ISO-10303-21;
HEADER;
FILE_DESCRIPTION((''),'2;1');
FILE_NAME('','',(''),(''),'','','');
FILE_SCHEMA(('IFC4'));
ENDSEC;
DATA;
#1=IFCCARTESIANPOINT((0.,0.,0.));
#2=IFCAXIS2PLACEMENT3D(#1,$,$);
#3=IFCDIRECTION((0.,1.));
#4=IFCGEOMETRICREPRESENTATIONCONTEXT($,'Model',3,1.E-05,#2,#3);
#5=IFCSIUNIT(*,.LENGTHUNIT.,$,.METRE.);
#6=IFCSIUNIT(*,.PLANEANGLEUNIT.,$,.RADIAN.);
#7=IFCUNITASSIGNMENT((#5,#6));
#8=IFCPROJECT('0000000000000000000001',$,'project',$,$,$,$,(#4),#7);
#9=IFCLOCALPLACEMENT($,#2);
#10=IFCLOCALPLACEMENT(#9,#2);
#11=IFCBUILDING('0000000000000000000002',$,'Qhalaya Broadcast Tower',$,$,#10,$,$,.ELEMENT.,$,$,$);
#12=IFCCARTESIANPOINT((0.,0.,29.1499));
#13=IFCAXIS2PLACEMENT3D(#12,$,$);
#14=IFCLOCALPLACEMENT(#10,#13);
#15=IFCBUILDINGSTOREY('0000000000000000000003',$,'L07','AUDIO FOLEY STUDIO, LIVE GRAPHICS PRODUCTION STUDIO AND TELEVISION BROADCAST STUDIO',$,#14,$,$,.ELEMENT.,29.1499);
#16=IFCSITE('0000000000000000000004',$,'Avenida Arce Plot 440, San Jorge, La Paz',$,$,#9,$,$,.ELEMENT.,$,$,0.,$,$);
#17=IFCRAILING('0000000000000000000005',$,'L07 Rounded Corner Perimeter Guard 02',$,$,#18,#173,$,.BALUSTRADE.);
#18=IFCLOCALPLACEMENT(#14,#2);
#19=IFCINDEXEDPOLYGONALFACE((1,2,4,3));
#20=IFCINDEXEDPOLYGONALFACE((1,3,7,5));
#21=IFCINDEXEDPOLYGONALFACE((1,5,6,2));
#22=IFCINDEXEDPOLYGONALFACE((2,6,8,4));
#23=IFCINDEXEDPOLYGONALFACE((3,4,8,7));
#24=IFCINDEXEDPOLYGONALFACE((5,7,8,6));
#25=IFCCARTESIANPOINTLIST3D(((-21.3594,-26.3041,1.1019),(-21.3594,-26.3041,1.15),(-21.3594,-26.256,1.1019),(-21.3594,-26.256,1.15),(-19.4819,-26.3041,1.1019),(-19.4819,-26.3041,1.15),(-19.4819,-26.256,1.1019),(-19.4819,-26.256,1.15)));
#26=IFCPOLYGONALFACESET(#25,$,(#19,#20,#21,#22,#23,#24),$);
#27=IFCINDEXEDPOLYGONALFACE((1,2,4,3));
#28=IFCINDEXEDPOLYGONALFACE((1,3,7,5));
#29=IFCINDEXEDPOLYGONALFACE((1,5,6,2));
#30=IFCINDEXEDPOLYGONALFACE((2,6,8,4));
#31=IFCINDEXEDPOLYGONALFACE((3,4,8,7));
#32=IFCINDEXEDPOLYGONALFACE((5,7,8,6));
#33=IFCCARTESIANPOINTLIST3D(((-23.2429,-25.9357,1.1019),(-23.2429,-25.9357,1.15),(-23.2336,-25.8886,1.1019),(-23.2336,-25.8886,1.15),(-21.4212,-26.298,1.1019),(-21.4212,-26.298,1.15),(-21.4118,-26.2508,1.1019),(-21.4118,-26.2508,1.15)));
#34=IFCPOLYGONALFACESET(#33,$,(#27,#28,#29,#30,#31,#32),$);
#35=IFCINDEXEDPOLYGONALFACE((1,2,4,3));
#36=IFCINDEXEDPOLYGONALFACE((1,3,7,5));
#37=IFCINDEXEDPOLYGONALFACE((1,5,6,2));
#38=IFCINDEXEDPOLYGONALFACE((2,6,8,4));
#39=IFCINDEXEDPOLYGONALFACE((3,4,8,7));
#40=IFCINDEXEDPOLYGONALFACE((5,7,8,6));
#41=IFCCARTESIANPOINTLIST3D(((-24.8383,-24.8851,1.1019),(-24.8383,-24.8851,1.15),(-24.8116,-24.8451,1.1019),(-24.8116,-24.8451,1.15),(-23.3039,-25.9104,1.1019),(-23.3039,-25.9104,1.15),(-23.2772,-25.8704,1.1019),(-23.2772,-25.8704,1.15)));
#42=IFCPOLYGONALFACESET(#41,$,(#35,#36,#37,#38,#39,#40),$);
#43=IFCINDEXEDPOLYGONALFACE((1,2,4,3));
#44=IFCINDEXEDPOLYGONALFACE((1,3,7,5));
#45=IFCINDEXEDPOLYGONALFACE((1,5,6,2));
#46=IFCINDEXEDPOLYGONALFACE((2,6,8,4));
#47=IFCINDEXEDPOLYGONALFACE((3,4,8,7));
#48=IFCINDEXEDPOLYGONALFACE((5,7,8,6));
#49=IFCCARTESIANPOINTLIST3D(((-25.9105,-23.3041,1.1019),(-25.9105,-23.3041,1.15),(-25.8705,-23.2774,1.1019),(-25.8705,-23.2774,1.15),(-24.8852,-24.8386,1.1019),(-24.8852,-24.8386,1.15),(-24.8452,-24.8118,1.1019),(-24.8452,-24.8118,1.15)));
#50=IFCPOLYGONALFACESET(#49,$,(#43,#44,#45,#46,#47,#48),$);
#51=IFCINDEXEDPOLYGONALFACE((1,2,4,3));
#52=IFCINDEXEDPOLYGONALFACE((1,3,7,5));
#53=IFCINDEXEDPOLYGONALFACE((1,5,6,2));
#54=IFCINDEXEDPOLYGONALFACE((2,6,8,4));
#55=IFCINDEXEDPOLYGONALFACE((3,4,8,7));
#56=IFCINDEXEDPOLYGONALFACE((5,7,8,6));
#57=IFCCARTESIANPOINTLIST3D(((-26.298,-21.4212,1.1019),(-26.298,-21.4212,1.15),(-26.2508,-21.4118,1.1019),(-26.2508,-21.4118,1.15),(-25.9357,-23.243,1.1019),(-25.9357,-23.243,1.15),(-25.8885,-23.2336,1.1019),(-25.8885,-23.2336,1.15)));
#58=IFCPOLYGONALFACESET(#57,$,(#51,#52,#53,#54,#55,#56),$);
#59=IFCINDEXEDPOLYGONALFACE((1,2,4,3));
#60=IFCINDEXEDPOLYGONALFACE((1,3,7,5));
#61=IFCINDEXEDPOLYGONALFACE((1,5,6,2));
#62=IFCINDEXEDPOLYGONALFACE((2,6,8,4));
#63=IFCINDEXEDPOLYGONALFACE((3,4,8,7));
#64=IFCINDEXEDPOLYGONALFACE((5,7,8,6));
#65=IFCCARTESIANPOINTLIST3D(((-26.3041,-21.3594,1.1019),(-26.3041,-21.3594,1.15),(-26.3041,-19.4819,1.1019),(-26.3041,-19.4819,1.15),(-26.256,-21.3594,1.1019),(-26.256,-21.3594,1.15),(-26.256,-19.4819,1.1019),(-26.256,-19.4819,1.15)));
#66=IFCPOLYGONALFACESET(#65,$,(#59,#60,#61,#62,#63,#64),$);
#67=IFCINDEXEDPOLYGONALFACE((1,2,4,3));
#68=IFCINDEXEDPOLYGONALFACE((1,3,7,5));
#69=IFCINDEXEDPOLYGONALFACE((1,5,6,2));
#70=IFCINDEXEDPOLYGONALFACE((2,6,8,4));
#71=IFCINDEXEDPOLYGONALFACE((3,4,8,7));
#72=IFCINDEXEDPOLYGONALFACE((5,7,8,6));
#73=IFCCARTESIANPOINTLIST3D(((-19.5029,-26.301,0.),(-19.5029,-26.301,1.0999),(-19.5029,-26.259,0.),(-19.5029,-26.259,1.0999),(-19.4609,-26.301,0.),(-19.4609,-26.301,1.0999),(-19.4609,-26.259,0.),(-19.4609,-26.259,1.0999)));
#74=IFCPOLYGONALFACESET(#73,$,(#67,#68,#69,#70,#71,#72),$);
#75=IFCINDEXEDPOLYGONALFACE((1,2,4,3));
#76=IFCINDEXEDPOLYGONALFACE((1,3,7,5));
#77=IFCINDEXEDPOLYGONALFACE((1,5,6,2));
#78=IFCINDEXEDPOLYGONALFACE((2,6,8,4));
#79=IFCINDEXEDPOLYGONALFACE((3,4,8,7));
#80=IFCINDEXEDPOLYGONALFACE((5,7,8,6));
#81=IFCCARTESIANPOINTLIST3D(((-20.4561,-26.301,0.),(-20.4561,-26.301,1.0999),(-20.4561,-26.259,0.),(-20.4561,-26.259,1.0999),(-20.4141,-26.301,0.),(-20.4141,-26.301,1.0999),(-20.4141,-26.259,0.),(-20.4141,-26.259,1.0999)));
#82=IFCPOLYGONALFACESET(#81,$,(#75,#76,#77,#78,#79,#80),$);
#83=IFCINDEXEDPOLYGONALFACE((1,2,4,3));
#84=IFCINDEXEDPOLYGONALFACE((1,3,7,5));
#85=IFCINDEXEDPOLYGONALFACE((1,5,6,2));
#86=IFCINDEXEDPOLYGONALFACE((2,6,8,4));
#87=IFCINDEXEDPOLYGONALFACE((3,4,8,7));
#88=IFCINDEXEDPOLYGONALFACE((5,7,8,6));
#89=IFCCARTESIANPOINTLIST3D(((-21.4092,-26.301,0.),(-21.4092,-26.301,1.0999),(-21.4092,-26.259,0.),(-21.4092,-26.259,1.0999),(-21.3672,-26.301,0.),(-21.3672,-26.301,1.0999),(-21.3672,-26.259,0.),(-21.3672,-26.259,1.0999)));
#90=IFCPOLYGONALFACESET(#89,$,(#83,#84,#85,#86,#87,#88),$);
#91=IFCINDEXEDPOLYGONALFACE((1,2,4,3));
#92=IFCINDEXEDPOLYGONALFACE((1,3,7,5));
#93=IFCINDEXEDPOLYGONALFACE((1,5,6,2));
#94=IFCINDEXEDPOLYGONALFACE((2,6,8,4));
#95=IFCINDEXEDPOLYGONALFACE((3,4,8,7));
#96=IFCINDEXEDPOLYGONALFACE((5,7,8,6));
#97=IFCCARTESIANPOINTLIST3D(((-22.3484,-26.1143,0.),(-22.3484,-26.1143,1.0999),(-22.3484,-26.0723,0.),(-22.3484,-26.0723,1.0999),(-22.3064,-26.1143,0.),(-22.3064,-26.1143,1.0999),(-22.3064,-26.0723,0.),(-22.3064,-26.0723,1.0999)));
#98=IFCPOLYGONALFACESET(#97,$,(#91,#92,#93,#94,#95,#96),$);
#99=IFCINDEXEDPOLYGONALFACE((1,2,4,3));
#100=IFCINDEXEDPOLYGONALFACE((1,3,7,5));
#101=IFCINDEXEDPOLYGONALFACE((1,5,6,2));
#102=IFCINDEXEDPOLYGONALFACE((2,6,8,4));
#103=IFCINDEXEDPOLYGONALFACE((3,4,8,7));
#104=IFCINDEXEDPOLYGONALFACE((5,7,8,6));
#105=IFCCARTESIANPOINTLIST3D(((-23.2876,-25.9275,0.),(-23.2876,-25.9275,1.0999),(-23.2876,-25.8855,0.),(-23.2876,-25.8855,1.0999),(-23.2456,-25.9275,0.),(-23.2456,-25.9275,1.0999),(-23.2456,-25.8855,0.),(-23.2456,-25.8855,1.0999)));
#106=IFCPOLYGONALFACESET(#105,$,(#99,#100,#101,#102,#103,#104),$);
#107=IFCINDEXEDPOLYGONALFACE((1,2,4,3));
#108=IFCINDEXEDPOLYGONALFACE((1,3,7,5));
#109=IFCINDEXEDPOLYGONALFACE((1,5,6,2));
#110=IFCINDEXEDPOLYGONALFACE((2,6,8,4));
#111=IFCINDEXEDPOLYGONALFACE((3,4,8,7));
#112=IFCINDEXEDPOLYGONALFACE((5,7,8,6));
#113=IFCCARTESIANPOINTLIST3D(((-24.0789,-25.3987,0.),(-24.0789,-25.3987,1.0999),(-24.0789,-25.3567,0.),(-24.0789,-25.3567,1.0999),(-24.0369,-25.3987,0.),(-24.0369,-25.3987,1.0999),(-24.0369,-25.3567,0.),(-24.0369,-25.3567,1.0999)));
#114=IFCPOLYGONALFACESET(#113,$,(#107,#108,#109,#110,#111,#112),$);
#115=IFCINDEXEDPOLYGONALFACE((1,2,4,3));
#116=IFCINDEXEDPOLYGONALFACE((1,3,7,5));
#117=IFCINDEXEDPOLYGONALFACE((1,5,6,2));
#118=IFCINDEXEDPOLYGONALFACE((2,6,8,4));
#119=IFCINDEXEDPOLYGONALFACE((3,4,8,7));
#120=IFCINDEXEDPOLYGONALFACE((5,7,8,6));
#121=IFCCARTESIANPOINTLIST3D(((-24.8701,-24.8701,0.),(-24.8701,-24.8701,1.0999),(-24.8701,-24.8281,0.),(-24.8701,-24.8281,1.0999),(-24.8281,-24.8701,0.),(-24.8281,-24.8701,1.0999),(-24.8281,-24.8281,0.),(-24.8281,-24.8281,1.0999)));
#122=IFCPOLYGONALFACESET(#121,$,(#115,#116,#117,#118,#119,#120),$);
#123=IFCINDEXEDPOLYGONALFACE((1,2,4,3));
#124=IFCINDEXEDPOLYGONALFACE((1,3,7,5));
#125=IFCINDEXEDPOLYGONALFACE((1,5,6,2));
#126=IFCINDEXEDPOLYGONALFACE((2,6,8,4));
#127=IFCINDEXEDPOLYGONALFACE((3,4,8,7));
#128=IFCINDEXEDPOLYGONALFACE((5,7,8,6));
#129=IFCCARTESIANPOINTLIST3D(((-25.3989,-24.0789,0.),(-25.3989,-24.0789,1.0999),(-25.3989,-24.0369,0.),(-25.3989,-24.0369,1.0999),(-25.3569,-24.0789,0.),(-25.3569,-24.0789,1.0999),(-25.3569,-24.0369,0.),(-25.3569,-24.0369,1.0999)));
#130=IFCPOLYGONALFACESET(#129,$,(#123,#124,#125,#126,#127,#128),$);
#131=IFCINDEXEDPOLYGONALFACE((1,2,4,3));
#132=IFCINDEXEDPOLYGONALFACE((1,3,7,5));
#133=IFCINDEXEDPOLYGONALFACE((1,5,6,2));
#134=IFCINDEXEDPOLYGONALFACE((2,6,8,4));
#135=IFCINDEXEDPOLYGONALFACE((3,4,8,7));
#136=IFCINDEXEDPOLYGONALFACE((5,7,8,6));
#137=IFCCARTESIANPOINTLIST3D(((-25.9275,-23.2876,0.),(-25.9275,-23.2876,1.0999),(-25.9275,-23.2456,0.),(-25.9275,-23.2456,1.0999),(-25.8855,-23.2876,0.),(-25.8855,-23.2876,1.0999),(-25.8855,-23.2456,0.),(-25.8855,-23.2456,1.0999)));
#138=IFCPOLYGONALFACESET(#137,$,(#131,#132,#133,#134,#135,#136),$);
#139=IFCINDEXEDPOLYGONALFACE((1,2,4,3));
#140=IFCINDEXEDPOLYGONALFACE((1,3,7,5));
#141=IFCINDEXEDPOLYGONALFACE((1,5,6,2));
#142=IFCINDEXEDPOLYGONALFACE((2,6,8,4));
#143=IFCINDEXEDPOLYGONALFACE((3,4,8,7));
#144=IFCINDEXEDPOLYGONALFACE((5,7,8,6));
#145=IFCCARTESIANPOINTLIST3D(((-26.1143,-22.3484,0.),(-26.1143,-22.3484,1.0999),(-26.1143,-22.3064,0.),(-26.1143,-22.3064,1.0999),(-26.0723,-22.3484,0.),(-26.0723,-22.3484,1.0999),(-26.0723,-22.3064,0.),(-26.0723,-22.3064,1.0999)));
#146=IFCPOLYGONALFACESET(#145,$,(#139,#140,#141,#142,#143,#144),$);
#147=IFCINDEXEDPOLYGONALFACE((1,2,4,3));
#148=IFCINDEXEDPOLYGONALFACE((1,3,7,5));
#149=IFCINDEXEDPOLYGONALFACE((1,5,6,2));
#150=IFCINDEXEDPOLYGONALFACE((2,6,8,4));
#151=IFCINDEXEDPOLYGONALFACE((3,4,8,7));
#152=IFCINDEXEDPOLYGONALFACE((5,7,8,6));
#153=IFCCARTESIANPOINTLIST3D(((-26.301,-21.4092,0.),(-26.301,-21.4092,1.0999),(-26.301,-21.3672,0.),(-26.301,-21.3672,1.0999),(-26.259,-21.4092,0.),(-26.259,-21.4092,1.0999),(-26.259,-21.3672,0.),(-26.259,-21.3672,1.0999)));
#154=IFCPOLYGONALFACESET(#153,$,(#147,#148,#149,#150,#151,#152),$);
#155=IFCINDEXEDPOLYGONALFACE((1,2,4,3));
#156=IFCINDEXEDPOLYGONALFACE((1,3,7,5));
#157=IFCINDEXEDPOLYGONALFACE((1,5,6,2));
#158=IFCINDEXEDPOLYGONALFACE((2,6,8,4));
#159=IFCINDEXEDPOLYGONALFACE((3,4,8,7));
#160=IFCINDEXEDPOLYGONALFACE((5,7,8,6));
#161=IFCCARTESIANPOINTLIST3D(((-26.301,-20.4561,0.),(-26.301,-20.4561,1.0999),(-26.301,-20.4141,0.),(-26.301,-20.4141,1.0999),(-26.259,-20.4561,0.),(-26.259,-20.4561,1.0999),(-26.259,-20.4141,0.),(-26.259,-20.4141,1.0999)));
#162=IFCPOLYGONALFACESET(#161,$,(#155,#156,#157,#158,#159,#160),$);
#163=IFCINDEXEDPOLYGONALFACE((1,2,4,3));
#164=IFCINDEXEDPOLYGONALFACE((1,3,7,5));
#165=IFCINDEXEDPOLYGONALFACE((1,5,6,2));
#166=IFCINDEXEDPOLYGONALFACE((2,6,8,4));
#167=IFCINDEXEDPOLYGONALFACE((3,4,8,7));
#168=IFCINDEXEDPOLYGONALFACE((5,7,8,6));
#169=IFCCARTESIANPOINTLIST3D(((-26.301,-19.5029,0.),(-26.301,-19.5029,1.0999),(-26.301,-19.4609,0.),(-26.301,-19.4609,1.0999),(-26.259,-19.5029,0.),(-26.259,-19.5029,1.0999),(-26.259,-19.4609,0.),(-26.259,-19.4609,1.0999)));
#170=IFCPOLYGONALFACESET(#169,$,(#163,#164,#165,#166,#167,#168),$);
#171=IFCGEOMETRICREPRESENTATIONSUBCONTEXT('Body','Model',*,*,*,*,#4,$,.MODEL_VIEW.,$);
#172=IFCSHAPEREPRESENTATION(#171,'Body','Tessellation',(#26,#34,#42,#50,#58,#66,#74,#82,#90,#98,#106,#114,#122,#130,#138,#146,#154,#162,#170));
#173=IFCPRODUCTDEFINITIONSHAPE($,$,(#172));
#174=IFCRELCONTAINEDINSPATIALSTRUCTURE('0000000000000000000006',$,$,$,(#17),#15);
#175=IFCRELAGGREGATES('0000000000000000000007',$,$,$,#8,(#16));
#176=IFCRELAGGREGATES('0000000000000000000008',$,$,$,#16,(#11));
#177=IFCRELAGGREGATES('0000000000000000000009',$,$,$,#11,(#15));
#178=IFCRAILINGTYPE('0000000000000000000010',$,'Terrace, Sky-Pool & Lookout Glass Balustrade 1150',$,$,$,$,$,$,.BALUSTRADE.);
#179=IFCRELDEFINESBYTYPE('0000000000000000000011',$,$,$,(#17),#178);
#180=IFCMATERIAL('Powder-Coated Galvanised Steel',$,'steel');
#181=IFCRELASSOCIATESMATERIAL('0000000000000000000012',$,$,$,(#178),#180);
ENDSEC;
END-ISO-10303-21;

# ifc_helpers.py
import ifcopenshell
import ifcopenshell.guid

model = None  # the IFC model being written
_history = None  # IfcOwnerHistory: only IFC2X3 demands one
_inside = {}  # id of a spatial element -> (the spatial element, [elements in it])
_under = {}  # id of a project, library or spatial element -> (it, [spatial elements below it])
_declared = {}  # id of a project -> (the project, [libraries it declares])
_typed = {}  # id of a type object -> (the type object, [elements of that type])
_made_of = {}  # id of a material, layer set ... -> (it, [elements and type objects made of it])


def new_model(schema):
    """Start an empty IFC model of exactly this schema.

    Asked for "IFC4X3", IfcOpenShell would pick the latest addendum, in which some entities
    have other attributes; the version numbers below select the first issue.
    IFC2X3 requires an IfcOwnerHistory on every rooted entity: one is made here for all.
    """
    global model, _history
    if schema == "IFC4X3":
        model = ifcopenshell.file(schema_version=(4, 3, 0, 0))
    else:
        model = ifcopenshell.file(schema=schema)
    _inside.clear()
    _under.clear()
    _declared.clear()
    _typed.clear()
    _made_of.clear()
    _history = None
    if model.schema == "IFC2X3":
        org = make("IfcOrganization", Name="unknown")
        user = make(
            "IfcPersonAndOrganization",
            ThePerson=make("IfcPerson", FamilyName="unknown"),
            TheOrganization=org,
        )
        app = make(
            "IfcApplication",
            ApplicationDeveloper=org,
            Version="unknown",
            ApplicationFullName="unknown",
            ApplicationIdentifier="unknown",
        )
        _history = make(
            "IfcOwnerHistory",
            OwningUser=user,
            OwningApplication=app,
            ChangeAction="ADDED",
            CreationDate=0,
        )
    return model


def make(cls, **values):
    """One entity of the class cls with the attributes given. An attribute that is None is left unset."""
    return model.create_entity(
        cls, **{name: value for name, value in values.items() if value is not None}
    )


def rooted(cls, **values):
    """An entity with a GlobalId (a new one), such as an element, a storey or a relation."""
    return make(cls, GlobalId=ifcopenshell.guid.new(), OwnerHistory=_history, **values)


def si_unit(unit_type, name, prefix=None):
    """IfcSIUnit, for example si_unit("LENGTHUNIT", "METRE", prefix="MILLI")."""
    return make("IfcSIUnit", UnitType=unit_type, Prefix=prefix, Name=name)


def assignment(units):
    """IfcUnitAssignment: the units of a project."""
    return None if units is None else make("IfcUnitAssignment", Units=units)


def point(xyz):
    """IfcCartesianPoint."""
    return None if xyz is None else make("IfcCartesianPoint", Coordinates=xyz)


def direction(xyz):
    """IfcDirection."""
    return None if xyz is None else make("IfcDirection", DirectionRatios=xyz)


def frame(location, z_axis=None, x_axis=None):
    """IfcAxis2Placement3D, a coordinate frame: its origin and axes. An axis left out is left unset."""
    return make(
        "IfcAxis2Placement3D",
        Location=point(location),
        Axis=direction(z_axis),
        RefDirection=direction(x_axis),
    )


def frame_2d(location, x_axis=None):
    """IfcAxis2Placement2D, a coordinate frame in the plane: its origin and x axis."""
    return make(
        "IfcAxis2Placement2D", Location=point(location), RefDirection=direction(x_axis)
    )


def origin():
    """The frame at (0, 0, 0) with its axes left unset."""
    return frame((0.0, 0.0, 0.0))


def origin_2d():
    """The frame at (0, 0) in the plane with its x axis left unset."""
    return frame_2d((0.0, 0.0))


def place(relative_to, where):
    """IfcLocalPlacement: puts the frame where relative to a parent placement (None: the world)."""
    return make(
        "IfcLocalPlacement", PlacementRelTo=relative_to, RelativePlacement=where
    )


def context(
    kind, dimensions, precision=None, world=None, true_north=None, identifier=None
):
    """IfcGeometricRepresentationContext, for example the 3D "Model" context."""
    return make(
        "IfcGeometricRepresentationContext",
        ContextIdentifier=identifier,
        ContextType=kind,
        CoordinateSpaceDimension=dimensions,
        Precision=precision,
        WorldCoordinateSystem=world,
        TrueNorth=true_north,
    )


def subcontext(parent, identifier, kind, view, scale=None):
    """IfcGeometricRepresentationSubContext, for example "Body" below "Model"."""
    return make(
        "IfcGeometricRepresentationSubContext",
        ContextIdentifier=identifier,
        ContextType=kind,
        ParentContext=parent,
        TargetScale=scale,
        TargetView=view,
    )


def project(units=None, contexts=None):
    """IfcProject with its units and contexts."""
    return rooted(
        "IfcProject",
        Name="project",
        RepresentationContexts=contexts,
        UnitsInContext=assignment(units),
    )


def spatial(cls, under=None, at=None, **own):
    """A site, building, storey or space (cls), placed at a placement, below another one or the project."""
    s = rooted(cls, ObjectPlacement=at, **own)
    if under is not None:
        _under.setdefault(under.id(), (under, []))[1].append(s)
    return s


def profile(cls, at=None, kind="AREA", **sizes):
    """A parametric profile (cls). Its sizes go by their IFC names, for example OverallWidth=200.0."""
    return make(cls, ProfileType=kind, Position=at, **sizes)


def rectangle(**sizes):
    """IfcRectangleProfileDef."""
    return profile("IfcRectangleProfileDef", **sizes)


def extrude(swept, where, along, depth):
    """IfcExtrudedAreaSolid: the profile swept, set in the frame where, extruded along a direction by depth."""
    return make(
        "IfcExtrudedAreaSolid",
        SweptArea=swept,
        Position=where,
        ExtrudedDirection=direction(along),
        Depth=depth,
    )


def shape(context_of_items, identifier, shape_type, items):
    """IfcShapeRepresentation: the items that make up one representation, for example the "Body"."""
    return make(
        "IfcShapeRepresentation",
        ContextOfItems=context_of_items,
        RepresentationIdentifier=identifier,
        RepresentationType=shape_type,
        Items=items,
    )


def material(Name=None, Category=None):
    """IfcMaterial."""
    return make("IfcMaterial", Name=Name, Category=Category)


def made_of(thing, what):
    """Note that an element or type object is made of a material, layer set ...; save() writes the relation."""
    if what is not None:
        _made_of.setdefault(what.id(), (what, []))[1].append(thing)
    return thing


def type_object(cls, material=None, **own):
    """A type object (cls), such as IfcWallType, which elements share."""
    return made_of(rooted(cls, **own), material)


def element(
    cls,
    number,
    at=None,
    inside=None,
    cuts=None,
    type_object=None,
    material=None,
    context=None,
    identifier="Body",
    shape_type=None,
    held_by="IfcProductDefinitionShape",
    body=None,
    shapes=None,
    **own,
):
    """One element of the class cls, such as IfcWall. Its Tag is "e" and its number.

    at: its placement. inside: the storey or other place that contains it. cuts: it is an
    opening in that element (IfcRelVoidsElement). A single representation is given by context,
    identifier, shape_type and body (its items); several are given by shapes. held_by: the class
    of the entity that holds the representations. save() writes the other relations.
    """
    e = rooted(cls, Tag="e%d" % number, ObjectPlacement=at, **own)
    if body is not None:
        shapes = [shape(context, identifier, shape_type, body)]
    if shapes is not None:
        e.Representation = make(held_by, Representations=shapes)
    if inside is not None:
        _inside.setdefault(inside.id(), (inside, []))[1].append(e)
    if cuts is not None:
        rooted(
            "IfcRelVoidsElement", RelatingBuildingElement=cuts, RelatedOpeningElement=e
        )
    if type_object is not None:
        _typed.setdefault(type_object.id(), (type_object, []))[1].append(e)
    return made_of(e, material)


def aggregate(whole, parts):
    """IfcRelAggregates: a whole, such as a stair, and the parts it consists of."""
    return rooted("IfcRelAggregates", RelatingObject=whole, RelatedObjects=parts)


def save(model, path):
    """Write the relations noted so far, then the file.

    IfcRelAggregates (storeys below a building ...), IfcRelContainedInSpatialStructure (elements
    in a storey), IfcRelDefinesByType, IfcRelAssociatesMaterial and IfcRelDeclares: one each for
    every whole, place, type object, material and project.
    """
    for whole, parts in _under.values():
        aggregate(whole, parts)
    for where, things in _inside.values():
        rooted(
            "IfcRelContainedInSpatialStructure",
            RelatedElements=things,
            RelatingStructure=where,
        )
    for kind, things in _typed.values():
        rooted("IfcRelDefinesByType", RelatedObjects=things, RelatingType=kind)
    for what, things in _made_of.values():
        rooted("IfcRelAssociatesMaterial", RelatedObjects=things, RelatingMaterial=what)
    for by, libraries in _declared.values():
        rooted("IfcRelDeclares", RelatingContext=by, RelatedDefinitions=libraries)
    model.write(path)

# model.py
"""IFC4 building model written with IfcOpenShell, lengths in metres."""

from ifc_helpers import new_model, si_unit, direction, frame, origin, origin_2d, place, context, subcontext, project, spatial, rectangle, extrude, material, type_object, element, save


model = new_model("IFC4")

# Units and contexts
model_context = context("Model", 3, precision=1e-05, world=origin(), true_north=direction((0.0, 1.0)))
body_context = subcontext(model_context, "Body", "Model", "MODEL_VIEW")
ifc_project = project(units=[si_unit("LENGTHUNIT", "METRE"), si_unit("PLANEANGLEUNIT", "RADIAN")], contexts=[model_context])

# Site, building, storey
site_placement = place(None, origin())
site = spatial("IfcSite", under=ifc_project, at=site_placement, Name="Avenida Arce Plot 440, San Jorge, La Paz", CompositionType="ELEMENT", RefElevation=0.0)
building_placement = place(site_placement, origin())
building = spatial("IfcBuilding", under=site, at=building_placement, Name="Qhalaya Broadcast Tower", CompositionType="ELEMENT")
storey_placement = place(building_placement, frame((0.0, 0.0, 29.1499)))
storey = spatial("IfcBuildingStorey", under=building, at=storey_placement, Name="L07", Description="AUDIO FOLEY STUDIO, LIVE GRAPHICS PRODUCTION STUDIO AND TELEVISION BROADCAST STUDIO", CompositionType="ELEMENT", Elevation=29.1499)

# Railing
ifc_material_1 = material(Name="Powder-Coated Galvanised Steel", Category="steel")
railing_type = type_object("IfcRailingType", Name="Terrace, Sky-Pool & Lookout Glass Balustrade 1150", PredefinedType="BALUSTRADE", material=ifc_material_1)
railing_placement = place(storey_placement, frame((-19.4819, -26.28, 0.0)))
element("IfcRailing", 1, at=railing_placement, inside=storey, type_object=railing_type, Name="L07 Rounded Corner Perimeter Guard 02", PredefinedType="BALUSTRADE", context=body_context, shape_type="SweptSolid", body=[
    extrude(rectangle(XDim=0.0481, YDim=0.0481, at=origin_2d()), frame((0.0, 0.0, 1.126), z_axis=(-1.0, 0.0, 0.0), x_axis=(0.0, -1.0, 0.0)), (0.0, 0.0, 1.0), 1.8774),
    extrude(rectangle(XDim=0.0481, YDim=0.0481, at=origin_2d()), frame((-1.9346, 0.0056, 1.126), z_axis=(-0.980796, 0.195037, 0.0), x_axis=(-0.195037, -0.980796, 0.0)), (0.0, 0.0, 1.0), 1.8574),
    extrude(rectangle(XDim=0.0481, YDim=0.0481, at=origin_2d()), frame((-3.8086, 0.3896, 1.126), z_axis=(-0.831478, 0.555558, 0.0), x_axis=(-0.555558, -0.831478, 0.0)), (0.0, 0.0, 1.0), 1.8455),
    extrude(rectangle(XDim=0.0481, YDim=0.0481, at=origin_2d()), frame((-5.3833, 1.4548, 1.126), z_axis=(-0.555558, 0.831478, 0.0), x_axis=(-0.831478, -0.555558, 0.0)), (0.0, 0.0, 1.0), 1.8455),
    extrude(rectangle(XDim=0.0481, YDim=0.0481, at=origin_2d()), frame((-6.4302, 3.0417, 1.126), z_axis=(-0.195037, 0.980796, 0.0), x_axis=(-0.980796, -0.195037, 0.0)), (0.0, 0.0, 1.0), 1.8574),
    extrude(rectangle(XDim=0.0481, YDim=0.0481, at=origin_2d()), frame((-6.7981, 4.9207, 1.126), z_axis=(0.0, 1.0, 0.0), x_axis=(-1.0, 0.0, 0.0)), (0.0, 0.0, 1.0), 1.8774),
    extrude(rectangle(XDim=0.042, YDim=0.042, at=origin_2d()), origin(), (0.0, 0.0, 1.0), 1.0999),
    extrude(rectangle(XDim=0.042, YDim=0.042, at=origin_2d()), frame((-0.9531, 0.0, 0.0)), (0.0, 0.0, 1.0), 1.0999),
    extrude(rectangle(XDim=0.042, YDim=0.042, at=origin_2d()), frame((-1.9062, 0.0, 0.0)), (0.0, 0.0, 1.0), 1.0999),
    extrude(rectangle(XDim=0.042, YDim=0.042, at=origin_2d()), frame((-2.8455, 0.1868, 0.0)), (0.0, 0.0, 1.0), 1.0999),
    extrude(rectangle(XDim=0.042, YDim=0.042, at=origin_2d()), frame((-3.7847, 0.3735, 0.0)), (0.0, 0.0, 1.0), 1.0999),
    extrude(rectangle(XDim=0.042, YDim=0.042, at=origin_2d()), frame((-4.5759, 0.9023, 0.0)), (0.0, 0.0, 1.0), 1.0999),
    extrude(rectangle(XDim=0.042, YDim=0.042, at=origin_2d()), frame((-5.3672, 1.4309, 0.0)), (0.0, 0.0, 1.0), 1.0999),
    extrude(rectangle(XDim=0.042, YDim=0.042, at=origin_2d()), frame((-5.896, 2.2222, 0.0)), (0.0, 0.0, 1.0), 1.0999),
    extrude(rectangle(XDim=0.042, YDim=0.042, at=origin_2d()), frame((-6.4246, 3.0134, 0.0)), (0.0, 0.0, 1.0), 1.0999),
    extrude(rectangle(XDim=0.042, YDim=0.042, at=origin_2d()), frame((-6.6113, 3.9526, 0.0)), (0.0, 0.0, 1.0), 1.0999),
    extrude(rectangle(XDim=0.042, YDim=0.042, at=origin_2d()), frame((-6.7981, 4.8918, 0.0)), (0.0, 0.0, 1.0), 1.0999),
    extrude(rectangle(XDim=0.042, YDim=0.042, at=origin_2d()), frame((-6.7981, 5.845, 0.0)), (0.0, 0.0, 1.0), 1.0999),
    extrude(rectangle(XDim=0.042, YDim=0.042, at=origin_2d()), frame((-6.7981, 6.7981, 0.0)), (0.0, 0.0, 1.0), 1.0999),
])

save(model, "model.ifc")
